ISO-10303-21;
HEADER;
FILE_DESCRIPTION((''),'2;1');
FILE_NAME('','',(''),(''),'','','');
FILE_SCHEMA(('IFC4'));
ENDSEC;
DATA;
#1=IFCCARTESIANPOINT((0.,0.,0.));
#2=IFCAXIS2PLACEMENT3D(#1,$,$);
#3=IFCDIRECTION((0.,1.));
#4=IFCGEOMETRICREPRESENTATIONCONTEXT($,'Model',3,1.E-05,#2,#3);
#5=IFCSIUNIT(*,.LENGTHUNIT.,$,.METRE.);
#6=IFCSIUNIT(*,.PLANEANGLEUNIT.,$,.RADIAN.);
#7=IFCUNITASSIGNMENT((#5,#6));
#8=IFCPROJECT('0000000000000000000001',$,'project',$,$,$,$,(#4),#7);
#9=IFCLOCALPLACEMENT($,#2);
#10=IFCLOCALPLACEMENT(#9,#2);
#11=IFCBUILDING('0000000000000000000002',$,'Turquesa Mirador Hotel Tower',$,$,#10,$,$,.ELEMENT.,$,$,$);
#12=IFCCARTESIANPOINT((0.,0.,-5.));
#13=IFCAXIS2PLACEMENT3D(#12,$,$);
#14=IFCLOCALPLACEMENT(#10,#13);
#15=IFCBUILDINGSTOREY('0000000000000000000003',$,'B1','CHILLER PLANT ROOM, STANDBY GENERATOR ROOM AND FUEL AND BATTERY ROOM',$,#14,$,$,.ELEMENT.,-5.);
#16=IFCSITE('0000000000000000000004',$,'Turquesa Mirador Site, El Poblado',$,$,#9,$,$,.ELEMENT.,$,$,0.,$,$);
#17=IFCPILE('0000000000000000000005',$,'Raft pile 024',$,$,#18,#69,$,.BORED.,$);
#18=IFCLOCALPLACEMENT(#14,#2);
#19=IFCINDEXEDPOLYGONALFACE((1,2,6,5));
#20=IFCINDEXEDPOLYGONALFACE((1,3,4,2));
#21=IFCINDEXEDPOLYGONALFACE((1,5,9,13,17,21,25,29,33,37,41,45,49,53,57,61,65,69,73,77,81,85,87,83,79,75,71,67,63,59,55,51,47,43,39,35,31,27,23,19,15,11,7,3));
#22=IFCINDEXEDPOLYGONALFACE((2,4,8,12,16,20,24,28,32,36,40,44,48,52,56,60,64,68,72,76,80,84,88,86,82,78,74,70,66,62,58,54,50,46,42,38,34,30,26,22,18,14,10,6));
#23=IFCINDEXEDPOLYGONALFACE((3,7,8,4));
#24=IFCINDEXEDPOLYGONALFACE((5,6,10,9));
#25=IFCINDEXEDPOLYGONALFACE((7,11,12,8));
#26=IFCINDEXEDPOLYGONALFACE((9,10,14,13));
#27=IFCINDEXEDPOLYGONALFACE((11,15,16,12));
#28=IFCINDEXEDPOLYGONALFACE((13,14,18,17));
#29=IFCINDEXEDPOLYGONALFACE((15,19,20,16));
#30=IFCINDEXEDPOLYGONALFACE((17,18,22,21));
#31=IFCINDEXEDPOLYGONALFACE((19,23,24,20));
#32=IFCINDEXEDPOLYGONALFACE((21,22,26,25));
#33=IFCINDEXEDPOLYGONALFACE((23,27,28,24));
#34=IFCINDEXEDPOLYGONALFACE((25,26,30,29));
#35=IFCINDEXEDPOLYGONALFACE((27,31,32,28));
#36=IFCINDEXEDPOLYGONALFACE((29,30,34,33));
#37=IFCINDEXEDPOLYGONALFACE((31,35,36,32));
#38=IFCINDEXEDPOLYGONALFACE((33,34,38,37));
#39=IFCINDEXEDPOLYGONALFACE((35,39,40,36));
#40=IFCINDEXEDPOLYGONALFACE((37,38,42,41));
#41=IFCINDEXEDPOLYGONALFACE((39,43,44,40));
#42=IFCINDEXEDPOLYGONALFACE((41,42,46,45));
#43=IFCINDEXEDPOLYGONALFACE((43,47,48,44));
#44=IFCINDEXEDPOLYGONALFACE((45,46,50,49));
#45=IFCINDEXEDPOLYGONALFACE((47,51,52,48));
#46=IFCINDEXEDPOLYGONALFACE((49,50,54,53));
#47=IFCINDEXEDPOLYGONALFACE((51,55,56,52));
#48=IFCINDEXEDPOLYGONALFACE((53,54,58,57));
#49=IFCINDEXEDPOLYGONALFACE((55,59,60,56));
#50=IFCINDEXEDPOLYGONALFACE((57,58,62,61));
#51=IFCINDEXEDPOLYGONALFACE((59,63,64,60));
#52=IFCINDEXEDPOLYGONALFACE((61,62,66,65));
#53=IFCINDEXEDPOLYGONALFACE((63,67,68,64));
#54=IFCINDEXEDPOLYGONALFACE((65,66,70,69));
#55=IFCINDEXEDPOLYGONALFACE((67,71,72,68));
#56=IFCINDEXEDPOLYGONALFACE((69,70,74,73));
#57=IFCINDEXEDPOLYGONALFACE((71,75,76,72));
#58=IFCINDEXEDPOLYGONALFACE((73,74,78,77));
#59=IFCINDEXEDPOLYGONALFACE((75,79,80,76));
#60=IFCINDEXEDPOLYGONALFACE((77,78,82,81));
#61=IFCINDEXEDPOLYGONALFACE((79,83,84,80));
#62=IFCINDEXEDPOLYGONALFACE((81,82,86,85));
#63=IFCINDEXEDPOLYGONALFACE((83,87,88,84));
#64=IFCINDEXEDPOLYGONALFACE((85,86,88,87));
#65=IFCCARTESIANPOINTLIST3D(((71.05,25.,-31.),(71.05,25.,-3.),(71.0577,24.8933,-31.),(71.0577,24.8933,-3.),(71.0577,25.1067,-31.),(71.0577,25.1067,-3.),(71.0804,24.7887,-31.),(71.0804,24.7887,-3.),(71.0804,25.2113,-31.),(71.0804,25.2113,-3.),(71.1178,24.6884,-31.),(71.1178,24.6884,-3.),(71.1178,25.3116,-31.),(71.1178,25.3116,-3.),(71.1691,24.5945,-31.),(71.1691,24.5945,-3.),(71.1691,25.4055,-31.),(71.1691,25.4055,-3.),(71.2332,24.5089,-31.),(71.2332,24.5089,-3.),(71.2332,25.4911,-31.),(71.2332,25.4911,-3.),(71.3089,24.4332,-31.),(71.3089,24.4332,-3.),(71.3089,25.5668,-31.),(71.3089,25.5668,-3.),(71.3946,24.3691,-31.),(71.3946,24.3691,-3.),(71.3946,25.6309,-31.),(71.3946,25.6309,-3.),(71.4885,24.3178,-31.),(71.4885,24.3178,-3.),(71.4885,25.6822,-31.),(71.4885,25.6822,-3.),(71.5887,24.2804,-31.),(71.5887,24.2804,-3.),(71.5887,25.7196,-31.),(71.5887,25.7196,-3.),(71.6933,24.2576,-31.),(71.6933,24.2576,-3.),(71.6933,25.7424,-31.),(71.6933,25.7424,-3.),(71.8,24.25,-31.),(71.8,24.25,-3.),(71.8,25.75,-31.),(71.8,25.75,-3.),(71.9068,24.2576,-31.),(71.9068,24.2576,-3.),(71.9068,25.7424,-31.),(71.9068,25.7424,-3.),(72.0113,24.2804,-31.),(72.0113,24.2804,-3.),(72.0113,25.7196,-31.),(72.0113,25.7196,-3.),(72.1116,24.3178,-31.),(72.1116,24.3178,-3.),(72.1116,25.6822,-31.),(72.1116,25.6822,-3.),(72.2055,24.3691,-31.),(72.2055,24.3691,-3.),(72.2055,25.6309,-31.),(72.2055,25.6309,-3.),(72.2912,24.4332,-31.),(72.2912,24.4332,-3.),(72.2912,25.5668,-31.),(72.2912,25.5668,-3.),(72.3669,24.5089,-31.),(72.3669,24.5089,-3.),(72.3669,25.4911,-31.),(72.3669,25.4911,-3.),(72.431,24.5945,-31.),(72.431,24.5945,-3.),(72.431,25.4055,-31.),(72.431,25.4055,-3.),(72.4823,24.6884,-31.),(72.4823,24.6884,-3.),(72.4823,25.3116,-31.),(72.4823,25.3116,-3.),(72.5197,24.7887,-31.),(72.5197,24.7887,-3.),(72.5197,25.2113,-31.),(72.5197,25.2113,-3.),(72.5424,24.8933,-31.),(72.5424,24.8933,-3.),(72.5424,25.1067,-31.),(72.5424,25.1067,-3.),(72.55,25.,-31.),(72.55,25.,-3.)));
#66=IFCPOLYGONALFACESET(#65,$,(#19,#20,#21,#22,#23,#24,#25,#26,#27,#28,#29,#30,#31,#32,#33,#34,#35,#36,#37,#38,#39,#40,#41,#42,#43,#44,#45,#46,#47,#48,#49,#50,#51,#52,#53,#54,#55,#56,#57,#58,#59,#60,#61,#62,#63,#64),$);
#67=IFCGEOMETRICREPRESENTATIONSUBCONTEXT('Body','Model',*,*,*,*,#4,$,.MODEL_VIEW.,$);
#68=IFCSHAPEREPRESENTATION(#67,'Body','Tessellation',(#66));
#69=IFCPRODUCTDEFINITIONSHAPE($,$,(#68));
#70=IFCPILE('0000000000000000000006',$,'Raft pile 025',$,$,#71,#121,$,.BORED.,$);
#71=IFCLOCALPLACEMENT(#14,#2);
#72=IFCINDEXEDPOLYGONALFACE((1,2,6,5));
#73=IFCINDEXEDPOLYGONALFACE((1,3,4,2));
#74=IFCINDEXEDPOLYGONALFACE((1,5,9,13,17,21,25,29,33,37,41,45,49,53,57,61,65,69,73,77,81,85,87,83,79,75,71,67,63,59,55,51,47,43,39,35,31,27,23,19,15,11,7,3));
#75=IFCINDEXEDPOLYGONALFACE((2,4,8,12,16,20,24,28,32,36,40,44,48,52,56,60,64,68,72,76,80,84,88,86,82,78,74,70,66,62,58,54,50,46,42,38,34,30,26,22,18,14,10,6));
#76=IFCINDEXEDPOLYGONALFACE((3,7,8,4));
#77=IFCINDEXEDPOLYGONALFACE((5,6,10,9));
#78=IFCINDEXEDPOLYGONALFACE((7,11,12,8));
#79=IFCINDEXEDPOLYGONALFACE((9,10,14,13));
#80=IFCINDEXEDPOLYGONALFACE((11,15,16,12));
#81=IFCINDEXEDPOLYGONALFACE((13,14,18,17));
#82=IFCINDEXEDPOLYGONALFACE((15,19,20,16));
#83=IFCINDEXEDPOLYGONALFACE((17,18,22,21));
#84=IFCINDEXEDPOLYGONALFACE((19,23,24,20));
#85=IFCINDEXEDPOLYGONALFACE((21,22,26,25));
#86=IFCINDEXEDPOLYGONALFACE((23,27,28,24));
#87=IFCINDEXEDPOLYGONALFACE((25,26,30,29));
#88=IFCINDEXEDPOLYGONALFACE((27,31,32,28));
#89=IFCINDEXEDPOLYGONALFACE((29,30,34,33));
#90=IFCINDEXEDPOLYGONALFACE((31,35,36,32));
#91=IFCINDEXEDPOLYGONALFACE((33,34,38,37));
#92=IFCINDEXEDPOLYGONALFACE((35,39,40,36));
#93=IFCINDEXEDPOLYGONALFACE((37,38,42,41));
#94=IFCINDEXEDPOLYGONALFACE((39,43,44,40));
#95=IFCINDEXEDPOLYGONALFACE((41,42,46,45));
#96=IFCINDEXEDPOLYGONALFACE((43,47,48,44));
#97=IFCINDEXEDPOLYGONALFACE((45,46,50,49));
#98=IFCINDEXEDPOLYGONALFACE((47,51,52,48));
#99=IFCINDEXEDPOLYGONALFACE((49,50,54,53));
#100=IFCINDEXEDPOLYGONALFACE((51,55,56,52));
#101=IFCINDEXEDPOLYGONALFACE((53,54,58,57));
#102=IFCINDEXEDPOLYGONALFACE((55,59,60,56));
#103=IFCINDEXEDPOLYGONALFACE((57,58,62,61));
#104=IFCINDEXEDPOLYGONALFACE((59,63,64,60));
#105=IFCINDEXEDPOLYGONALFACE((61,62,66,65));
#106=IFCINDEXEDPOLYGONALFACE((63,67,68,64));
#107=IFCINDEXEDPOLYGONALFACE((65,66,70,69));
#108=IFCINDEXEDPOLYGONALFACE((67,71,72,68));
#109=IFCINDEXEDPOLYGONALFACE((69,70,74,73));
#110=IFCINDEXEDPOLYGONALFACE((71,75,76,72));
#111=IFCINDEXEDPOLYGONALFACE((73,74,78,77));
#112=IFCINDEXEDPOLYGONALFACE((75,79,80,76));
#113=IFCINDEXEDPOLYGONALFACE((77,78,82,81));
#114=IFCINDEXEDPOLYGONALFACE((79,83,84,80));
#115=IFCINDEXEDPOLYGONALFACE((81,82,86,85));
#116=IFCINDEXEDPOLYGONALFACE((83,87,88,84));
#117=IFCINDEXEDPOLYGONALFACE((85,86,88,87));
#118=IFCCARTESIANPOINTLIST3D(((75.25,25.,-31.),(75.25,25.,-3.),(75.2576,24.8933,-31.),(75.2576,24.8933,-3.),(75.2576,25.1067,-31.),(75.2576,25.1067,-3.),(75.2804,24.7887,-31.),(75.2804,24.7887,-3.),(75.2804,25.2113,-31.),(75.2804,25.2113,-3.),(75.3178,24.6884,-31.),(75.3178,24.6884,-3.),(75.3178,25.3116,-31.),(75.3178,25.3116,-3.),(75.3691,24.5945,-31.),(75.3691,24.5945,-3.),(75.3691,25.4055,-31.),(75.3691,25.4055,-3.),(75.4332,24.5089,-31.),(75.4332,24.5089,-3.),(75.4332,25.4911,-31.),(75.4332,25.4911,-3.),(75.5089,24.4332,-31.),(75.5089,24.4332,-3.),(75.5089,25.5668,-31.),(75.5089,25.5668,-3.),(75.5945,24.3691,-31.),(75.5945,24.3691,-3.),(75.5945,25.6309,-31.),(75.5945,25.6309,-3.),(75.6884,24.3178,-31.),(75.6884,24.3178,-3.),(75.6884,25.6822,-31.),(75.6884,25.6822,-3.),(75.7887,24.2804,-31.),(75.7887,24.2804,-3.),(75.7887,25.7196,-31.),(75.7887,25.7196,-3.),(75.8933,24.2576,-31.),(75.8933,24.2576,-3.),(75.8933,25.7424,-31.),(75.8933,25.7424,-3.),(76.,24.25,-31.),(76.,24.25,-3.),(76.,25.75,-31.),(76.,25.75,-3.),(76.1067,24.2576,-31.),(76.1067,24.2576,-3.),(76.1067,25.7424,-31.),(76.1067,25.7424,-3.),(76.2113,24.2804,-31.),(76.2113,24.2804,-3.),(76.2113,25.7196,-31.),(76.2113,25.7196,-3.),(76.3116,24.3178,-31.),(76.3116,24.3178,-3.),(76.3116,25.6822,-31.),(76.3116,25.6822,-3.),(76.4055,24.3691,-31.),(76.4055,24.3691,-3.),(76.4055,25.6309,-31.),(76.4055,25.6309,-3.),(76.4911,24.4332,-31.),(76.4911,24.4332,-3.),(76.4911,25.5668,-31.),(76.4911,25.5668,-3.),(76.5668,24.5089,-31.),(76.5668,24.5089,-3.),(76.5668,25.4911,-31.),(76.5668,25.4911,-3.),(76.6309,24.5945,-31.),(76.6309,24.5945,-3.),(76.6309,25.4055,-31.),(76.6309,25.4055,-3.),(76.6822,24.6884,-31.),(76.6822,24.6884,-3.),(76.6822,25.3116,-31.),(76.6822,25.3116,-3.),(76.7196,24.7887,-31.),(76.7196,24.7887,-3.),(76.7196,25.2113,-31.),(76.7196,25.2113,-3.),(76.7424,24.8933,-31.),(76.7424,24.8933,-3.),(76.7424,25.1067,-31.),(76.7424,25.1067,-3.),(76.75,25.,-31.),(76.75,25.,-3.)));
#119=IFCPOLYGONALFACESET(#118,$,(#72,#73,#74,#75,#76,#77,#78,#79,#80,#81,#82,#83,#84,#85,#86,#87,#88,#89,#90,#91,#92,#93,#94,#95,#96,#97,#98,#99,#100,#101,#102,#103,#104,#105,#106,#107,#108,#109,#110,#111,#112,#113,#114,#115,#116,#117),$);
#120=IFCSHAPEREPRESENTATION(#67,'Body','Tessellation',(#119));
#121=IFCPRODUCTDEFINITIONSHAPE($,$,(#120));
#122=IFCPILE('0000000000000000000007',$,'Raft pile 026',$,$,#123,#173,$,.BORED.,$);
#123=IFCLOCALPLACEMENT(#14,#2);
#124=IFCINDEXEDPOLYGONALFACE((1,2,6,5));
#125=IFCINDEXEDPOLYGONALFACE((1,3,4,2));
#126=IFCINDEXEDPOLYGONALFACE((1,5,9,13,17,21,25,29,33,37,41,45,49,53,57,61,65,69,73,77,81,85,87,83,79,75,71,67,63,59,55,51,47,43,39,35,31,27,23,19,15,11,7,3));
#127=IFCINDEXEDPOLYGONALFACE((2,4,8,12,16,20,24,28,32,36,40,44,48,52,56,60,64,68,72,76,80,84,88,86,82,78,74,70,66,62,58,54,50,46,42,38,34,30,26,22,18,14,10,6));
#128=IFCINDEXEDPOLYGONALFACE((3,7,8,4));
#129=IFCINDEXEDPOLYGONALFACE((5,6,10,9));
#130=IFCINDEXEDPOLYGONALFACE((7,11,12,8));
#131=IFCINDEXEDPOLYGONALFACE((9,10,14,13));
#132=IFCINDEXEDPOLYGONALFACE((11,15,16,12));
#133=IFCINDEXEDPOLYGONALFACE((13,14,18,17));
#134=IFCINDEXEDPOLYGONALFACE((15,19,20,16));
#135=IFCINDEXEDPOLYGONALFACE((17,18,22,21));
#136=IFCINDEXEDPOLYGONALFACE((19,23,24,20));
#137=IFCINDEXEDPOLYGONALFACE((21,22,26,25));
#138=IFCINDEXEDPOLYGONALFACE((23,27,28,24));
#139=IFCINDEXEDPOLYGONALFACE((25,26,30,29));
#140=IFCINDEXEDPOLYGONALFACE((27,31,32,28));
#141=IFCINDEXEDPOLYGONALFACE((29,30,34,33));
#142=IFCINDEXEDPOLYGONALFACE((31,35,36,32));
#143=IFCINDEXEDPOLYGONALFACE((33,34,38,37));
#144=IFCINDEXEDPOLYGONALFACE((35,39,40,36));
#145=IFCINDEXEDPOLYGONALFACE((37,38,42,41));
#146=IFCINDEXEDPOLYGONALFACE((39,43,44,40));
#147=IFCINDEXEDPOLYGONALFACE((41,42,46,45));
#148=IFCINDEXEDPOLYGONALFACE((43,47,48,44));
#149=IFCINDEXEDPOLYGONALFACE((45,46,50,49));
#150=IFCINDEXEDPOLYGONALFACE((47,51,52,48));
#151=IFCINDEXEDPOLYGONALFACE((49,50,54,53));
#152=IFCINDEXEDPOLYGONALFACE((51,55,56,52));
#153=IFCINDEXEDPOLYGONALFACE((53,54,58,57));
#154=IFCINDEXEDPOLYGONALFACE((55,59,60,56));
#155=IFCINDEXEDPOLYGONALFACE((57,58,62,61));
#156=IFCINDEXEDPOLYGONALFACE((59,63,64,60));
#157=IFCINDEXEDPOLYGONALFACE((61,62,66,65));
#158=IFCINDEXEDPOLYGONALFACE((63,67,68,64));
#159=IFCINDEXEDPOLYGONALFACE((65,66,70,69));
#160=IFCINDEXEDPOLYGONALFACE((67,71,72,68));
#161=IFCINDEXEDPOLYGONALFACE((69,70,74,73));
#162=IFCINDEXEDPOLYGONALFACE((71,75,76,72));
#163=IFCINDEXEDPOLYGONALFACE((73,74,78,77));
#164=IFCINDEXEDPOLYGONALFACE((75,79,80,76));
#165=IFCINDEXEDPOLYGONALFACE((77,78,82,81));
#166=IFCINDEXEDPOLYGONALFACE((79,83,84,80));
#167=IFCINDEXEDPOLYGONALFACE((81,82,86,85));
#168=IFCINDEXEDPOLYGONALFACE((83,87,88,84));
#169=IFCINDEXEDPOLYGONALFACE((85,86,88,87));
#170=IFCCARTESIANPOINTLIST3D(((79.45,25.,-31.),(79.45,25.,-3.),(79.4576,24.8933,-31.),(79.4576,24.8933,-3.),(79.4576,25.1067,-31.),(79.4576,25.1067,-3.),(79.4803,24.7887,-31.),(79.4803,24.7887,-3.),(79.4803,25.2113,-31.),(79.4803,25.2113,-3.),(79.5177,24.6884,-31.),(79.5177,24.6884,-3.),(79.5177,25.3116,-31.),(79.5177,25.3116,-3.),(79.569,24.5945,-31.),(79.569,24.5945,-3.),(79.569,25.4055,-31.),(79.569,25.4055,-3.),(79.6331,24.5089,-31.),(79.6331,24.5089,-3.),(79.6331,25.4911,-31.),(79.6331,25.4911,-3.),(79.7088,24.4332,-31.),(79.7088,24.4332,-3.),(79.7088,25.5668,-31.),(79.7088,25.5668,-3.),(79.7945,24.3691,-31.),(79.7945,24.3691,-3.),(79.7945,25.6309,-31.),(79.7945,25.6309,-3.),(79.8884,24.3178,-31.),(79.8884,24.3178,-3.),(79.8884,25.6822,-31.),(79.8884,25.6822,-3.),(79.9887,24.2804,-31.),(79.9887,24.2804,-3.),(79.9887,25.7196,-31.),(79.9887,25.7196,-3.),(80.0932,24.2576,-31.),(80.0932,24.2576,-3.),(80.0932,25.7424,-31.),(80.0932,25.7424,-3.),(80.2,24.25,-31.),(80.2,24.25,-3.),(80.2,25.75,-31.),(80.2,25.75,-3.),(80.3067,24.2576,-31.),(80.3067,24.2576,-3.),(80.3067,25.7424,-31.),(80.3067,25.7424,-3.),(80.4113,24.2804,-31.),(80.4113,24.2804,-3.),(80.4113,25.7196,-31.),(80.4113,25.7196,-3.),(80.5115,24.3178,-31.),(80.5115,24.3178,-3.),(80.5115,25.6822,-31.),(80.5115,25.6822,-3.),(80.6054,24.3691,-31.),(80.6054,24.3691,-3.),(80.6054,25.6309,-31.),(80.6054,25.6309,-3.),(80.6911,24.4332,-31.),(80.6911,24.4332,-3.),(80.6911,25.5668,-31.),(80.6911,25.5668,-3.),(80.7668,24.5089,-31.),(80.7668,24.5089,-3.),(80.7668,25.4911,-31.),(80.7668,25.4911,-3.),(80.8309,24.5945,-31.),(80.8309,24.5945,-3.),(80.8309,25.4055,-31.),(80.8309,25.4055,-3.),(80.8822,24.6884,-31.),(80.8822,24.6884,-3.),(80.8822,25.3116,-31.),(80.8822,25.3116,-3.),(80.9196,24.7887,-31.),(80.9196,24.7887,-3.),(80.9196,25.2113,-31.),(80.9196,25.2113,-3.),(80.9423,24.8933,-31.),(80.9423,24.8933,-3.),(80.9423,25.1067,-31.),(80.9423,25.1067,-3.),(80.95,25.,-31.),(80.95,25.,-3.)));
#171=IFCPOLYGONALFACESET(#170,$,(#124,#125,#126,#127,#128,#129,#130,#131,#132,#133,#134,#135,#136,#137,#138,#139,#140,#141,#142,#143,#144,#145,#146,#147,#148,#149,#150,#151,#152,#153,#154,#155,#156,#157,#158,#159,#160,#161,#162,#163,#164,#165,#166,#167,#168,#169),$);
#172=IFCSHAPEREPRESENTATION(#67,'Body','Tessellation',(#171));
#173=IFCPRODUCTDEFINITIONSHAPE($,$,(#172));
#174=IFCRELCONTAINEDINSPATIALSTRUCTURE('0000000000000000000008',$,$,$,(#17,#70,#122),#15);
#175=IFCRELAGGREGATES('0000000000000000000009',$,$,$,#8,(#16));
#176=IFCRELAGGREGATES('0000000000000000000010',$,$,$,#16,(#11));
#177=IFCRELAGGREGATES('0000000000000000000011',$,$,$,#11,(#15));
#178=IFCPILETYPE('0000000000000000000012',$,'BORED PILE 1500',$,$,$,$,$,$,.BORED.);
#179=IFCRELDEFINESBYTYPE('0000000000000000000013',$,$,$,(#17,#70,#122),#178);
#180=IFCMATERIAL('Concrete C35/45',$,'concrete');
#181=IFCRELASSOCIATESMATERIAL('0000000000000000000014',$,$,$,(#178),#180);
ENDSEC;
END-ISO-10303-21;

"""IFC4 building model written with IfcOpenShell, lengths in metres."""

from ifc_helpers import new_model, si_unit, direction, frame, origin, origin_2d, place, context, subcontext, project, spatial, circle, extrude, material, type_object, element, save


model = new_model("IFC4")

# Units and contexts
model_context = context("Model", 3, precision=1e-05, world=origin(), true_north=direction((0.0, 1.0)))
body_context = subcontext(model_context, "Body", "Model", "MODEL_VIEW")
ifc_project = project(units=[si_unit("LENGTHUNIT", "METRE"), si_unit("PLANEANGLEUNIT", "RADIAN")], contexts=[model_context])

# Site, building, storey
site_placement = place(None, origin())
site = spatial("IfcSite", under=ifc_project, at=site_placement, Name="Turquesa Mirador Site, El Poblado", CompositionType="ELEMENT", RefElevation=0.0)
building_placement = place(site_placement, origin())
building = spatial("IfcBuilding", under=site, at=building_placement, Name="Turquesa Mirador Hotel Tower", CompositionType="ELEMENT")
storey_placement = place(building_placement, frame((0.0, 0.0, -5.0)))
storey = spatial("IfcBuildingStorey", under=building, at=storey_placement, Name="B1", Description="CHILLER PLANT ROOM, STANDBY GENERATOR ROOM AND FUEL AND BATTERY ROOM", CompositionType="ELEMENT", Elevation=-5.0)

# Piles
ifc_material_1 = material(Name="Concrete C35/45", Category="concrete")
pile_type_1 = type_object("IfcPileType", Name="BORED PILE 1500", PredefinedType="BORED", material=ifc_material_1)
for number, where, z_axis, x_axis, name in (
    (1, (71.8, 25.0, -3.0), (0.0, 0.0, -1.0), (1.0, 0.0, 0.0), "Raft pile 024"),
    (2, (76.0, 25.0, -3.0), (0.0, 0.0, -1.0), (1.0, 0.0, 0.0), "Raft pile 025"),
    (3, (80.2, 25.0, -3.0), (0.0, 0.0, -1.0), (1.0, 0.0, 0.0), "Raft pile 026"),
):
    element("IfcPile", number, at=place(storey_placement, frame(where, z_axis=z_axis, x_axis=x_axis)), inside=storey, type_object=pile_type_1, Name=name, PredefinedType="BORED", context=body_context, shape_type="SweptSolid", body=[
        extrude(circle(Radius=0.75, at=origin_2d()), origin(), (0.0, 0.0, 1.0), 28.0),
    ])

save(model, "model.ifc")
